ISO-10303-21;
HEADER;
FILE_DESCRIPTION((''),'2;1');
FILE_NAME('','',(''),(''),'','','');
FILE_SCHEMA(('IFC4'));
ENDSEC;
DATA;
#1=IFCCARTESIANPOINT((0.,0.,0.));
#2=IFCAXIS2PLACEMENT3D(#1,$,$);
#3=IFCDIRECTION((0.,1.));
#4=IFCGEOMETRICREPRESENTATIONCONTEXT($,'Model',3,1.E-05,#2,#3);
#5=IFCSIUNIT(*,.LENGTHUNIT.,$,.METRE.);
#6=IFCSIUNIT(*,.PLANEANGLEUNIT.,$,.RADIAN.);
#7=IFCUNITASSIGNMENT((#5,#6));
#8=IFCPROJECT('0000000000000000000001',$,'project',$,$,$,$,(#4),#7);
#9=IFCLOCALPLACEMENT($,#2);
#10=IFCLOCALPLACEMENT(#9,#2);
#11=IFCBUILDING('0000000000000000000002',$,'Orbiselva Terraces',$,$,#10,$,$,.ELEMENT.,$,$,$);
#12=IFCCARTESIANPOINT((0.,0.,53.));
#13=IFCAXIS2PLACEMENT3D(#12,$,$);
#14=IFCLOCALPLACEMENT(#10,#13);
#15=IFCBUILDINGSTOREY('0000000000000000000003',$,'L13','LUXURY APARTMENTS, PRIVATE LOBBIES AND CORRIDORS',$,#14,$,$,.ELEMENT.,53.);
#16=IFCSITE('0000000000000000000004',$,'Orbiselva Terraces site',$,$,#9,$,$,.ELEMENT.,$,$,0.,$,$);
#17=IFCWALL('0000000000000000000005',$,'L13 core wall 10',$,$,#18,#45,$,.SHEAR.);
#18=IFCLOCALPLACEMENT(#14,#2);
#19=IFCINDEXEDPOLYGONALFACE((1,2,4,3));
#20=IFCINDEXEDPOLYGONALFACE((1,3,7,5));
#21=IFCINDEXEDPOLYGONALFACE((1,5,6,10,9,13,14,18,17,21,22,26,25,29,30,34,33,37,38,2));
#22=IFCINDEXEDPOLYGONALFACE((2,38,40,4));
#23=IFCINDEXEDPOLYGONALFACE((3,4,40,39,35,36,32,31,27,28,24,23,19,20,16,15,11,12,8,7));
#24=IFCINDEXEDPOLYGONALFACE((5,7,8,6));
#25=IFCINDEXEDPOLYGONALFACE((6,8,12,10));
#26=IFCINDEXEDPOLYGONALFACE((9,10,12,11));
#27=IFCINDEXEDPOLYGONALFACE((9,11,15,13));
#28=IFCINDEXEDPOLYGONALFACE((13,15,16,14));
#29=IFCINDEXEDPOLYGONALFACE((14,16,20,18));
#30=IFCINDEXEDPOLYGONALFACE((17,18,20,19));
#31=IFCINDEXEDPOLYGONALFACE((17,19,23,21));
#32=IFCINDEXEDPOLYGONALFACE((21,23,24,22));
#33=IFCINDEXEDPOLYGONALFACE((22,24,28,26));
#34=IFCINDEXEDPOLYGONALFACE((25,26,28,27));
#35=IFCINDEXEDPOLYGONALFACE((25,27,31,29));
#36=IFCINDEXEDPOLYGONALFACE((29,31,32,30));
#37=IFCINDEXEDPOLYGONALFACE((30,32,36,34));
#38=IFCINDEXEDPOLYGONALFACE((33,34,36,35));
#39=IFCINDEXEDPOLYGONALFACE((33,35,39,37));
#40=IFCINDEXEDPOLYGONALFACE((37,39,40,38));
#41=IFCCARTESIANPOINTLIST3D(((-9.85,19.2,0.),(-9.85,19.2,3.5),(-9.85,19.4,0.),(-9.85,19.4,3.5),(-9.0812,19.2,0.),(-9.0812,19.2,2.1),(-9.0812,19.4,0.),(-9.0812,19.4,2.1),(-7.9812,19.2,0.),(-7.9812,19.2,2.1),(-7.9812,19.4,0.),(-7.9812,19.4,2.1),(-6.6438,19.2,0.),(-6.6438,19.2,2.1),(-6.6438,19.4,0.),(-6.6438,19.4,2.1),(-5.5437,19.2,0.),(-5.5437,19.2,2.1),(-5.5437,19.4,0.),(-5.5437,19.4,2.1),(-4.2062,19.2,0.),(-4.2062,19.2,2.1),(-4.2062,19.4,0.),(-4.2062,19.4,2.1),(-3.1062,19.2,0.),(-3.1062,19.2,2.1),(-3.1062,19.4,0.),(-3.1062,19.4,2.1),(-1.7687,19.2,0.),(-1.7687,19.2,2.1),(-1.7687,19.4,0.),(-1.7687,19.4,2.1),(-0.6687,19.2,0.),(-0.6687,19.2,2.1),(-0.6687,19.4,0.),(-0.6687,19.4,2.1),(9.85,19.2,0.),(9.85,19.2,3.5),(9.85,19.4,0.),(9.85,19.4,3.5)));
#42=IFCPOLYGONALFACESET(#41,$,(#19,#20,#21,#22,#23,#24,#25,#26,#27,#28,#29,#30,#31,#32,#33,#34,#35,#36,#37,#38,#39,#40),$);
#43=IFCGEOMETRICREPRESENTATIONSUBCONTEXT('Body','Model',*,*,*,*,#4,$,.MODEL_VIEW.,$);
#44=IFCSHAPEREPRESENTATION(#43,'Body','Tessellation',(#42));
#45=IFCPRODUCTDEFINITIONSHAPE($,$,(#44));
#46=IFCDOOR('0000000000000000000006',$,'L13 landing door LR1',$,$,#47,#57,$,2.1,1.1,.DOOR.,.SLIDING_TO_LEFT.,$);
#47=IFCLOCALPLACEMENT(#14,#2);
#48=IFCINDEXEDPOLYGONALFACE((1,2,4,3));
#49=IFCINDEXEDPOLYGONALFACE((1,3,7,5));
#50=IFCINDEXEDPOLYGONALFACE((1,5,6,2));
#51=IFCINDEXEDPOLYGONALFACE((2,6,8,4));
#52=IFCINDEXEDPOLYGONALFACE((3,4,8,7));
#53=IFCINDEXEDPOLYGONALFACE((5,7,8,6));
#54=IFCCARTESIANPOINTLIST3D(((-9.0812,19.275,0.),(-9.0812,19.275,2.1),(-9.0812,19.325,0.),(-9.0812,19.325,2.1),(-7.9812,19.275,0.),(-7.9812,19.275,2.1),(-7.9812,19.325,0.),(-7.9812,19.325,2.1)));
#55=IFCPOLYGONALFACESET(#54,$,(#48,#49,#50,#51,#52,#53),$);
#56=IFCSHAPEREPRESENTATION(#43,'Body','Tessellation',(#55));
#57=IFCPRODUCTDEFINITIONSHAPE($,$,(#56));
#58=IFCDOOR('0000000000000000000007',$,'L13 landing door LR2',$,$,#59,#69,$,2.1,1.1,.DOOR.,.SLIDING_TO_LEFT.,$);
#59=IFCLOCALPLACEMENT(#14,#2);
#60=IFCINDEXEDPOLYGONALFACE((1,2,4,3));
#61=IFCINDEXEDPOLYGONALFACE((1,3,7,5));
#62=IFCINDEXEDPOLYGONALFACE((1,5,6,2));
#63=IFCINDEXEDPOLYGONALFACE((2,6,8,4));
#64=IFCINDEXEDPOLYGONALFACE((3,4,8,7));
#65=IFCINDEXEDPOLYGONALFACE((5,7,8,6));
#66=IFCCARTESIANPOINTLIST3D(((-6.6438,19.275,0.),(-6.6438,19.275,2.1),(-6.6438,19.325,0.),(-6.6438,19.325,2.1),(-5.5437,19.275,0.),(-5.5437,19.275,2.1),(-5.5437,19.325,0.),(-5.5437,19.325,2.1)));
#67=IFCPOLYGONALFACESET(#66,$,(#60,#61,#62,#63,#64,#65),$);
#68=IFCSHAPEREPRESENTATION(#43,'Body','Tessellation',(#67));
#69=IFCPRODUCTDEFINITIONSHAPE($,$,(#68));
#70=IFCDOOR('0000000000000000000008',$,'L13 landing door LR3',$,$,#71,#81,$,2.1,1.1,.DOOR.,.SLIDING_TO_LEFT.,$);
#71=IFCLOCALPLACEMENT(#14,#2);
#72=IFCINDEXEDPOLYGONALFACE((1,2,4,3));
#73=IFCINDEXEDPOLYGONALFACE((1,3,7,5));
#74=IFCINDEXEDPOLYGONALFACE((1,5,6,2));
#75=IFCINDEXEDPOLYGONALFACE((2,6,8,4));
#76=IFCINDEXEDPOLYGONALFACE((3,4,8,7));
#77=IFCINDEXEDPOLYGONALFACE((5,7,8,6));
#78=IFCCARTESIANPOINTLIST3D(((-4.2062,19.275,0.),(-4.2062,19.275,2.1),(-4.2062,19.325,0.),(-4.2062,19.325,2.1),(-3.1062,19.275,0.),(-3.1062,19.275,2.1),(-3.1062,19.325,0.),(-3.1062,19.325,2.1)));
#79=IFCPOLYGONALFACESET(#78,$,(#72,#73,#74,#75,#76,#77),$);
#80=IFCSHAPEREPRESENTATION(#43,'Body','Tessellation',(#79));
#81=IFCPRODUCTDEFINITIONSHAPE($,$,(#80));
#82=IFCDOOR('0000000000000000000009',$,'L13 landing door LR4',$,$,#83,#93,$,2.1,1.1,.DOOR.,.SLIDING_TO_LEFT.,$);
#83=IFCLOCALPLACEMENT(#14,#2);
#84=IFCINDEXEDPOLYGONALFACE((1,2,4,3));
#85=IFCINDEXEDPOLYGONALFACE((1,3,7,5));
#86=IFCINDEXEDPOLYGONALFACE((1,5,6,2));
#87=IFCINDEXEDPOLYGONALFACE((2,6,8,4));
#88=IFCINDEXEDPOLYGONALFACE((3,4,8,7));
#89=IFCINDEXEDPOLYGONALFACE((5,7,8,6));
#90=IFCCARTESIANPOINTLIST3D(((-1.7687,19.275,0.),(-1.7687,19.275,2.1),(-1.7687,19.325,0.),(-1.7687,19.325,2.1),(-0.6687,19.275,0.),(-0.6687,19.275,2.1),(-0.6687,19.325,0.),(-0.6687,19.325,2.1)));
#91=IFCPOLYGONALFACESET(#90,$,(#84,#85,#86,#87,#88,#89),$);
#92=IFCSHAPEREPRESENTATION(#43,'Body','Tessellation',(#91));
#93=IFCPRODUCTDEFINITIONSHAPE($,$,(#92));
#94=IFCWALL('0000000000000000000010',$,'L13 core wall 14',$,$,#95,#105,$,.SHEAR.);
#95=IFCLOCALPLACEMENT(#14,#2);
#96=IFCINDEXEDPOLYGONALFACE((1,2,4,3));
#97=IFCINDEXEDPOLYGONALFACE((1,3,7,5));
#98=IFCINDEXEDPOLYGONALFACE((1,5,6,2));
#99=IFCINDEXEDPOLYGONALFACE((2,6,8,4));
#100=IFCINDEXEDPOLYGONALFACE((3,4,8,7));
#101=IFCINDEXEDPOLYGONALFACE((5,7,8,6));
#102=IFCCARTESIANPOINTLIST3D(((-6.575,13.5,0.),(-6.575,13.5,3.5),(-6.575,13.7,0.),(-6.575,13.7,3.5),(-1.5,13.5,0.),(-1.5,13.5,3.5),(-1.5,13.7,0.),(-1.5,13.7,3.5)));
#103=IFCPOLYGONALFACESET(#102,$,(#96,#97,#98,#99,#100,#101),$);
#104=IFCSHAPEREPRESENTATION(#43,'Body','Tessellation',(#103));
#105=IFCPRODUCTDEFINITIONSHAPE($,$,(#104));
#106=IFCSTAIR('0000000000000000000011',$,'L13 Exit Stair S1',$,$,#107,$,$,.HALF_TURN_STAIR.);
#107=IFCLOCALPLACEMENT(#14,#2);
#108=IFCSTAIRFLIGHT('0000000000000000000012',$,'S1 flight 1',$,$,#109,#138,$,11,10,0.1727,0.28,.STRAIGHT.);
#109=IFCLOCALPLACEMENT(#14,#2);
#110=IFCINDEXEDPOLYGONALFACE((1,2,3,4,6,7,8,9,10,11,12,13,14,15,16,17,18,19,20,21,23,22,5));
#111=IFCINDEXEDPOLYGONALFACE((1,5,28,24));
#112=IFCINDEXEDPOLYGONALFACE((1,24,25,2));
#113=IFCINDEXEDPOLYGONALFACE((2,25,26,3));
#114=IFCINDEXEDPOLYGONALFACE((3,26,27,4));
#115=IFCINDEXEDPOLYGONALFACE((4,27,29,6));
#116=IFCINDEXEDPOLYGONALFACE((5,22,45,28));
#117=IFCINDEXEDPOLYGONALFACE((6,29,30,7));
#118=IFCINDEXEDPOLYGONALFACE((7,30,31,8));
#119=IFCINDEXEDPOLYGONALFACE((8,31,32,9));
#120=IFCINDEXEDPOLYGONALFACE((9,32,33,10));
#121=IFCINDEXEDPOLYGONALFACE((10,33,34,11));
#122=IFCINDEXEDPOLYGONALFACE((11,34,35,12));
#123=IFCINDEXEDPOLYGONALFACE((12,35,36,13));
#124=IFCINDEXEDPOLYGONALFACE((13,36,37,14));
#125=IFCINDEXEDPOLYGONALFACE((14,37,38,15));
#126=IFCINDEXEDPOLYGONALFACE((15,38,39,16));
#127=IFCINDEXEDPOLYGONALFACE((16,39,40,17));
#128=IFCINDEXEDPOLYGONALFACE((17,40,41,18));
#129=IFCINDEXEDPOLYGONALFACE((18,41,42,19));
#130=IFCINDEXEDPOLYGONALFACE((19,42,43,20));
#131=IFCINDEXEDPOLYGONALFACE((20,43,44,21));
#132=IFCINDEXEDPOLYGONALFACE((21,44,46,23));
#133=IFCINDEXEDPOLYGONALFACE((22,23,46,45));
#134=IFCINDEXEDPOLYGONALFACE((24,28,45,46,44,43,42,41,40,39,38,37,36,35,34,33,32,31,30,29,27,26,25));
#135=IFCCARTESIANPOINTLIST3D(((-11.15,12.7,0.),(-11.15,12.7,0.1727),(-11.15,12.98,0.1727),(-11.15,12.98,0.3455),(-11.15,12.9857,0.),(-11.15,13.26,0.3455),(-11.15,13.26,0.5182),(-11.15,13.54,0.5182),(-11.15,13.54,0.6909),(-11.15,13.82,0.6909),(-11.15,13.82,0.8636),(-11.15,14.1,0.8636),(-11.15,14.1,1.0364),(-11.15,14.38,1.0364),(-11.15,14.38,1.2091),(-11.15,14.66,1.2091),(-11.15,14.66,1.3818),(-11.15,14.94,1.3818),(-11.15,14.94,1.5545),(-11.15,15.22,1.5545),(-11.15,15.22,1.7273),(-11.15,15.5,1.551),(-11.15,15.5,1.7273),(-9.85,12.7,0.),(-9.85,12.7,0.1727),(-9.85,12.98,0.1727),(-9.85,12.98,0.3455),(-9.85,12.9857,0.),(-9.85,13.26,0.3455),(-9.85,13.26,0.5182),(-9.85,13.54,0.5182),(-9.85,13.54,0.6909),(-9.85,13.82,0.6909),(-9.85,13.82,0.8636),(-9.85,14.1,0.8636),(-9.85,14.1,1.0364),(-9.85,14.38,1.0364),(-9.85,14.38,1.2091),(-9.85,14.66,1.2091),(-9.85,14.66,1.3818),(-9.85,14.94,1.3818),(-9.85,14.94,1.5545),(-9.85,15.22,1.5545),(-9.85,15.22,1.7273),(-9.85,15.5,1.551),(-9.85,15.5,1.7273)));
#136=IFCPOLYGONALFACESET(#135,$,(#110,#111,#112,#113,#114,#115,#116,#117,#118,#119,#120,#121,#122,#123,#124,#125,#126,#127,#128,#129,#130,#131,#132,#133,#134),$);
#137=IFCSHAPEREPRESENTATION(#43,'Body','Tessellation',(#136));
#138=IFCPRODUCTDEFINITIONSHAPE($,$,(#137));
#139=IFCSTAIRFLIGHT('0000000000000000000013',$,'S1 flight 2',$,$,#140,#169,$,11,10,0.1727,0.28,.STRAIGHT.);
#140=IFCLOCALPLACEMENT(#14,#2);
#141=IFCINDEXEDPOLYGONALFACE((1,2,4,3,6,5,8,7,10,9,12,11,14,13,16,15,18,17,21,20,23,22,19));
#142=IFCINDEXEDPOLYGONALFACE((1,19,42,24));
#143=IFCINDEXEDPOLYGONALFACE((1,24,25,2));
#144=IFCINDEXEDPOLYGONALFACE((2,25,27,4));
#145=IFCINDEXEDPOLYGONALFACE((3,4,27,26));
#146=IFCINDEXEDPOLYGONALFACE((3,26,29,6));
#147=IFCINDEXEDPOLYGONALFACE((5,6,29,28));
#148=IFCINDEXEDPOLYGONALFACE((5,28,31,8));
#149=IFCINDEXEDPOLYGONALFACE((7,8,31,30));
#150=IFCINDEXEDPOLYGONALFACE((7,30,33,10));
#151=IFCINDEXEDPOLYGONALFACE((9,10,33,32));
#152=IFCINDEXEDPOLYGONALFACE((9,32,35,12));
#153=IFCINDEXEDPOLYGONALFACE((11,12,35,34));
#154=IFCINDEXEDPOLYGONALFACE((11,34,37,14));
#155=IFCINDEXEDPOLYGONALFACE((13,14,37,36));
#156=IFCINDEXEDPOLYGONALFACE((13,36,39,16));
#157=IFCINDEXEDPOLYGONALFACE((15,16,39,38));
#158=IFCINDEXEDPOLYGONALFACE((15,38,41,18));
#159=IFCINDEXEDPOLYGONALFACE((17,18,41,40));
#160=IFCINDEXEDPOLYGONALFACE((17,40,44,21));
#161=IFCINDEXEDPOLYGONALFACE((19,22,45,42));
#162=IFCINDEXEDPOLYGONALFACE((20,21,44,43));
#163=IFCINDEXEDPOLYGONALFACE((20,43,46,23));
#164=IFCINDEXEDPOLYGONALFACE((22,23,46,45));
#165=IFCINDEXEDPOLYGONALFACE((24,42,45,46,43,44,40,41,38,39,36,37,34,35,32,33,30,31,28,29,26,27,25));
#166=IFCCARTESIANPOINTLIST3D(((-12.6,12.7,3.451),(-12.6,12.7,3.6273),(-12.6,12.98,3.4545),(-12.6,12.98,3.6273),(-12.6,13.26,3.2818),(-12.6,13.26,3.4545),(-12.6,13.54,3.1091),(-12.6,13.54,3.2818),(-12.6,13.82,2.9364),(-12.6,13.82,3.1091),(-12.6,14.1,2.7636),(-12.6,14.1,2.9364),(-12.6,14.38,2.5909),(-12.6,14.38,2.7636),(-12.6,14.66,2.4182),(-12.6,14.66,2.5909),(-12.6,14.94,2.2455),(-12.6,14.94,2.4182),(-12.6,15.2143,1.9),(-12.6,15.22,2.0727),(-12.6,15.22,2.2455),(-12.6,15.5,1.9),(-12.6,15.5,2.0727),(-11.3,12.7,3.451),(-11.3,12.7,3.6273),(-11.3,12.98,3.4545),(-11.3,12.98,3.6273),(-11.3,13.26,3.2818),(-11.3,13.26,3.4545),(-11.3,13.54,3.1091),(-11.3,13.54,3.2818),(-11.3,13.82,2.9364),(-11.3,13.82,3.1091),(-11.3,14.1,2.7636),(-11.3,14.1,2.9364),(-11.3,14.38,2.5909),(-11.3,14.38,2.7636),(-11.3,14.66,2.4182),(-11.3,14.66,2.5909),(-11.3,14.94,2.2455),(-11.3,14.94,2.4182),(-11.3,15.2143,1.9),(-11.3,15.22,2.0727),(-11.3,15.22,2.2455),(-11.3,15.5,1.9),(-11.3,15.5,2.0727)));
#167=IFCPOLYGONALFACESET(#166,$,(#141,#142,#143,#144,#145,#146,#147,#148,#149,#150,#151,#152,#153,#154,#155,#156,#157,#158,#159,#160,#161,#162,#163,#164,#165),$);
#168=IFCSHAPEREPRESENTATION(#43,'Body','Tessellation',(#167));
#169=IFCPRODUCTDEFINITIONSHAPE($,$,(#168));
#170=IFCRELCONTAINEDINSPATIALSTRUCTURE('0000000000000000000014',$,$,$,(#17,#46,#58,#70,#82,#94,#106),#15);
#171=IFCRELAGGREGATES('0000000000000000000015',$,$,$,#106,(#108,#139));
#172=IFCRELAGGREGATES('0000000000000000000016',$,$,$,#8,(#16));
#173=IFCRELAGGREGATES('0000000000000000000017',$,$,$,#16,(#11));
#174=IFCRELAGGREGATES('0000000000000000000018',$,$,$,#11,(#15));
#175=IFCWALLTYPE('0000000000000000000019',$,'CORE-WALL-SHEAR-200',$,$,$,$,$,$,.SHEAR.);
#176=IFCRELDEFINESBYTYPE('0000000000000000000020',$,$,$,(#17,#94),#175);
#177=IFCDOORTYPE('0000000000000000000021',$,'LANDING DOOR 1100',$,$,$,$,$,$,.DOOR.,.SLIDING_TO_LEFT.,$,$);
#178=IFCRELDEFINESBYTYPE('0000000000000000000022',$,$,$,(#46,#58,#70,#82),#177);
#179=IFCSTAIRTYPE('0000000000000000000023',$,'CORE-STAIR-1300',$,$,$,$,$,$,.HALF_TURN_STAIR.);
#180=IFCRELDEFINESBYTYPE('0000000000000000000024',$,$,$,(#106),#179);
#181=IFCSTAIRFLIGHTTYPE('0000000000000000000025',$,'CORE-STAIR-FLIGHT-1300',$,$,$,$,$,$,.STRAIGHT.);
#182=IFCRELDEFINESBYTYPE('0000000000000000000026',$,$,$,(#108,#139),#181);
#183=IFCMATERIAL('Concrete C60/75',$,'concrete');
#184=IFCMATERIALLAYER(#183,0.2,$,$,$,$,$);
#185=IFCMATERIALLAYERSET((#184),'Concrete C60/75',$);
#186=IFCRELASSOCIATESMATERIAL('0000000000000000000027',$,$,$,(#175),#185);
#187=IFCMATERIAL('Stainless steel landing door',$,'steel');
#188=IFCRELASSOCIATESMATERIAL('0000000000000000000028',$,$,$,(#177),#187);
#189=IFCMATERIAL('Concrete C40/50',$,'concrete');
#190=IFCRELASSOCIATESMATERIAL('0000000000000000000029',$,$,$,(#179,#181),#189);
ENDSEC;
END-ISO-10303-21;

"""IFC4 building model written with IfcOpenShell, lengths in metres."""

from ifc_helpers import new_model, si_unit, direction, frame, frame_2d, origin, place, context, subcontext, project, spatial, polyline, rectangle, outline, extrude, material, layer, layer_set, type_object, element, fill, aggregate, save


model = new_model("IFC4")

# Units and contexts
model_context = context("Model", 3, precision=1e-05, world=origin(), true_north=direction((0.0, 1.0)))
body_context = subcontext(model_context, "Body", "Model", "MODEL_VIEW")
ifc_project = project(units=[si_unit("LENGTHUNIT", "METRE"), si_unit("PLANEANGLEUNIT", "RADIAN")], contexts=[model_context])

# Site, building, storey
site_placement = place(None, origin())
site = spatial("IfcSite", under=ifc_project, at=site_placement, Name="Orbiselva Terraces site", CompositionType="ELEMENT", RefElevation=0.0)
building_placement = place(site_placement, origin())
building = spatial("IfcBuilding", under=site, at=building_placement, Name="Orbiselva Terraces", CompositionType="ELEMENT")
storey_placement = place(building_placement, frame((0.0, 0.0, 53.0)))
storey = spatial("IfcBuildingStorey", under=building, at=storey_placement, Name="L13", Description="LUXURY APARTMENTS, PRIVATE LOBBIES AND CORRIDORS", CompositionType="ELEMENT", Elevation=53.0)

# Shared definitions
ifc_material_1 = material(Name="Concrete C40/50", Category="concrete")

# Shared definitions
ifc_material_2 = material(Name="Concrete C60/75", Category="concrete")
ifc_layer_1 = layer(ifc_material_2, 0.2)
ifc_layer_set_1 = layer_set([ifc_layer_1], Name="Concrete C60/75")
wall_type_1 = type_object("IfcWallType", Name="CORE-WALL-SHEAR-200", PredefinedType="SHEAR", material=ifc_layer_set_1)

# Wall, openings, doors
wall_1_placement = place(storey_placement, frame((-9.85, 19.3, 0.0), z_axis=(0.0, 0.0, 1.0), x_axis=(1.0, 0.0, 0.0)))
wall_1 = element("IfcWall", 1, at=wall_1_placement, inside=storey, type_object=wall_type_1, Name="L13 core wall 10", PredefinedType="SHEAR", context=body_context, shape_type="SweptSolid", body=[
    extrude(rectangle(XDim=19.7, YDim=0.2, at=frame_2d((9.85, 0.0))), origin(), (0.0, 0.0, 1.0), 3.5),
])
opening_1_placement = place(wall_1_placement, frame((0.7688, 0.0, 0.0)))
opening_1 = element("IfcOpeningElement", 2, at=opening_1_placement, cuts=wall_1, PredefinedType="OPENING", context=body_context, shape_type="SweptSolid", body=[
    extrude(rectangle(XDim=1.1, YDim=2.1, at=frame_2d((0.55, 1.05))), frame((0.0, 0.11, 0.0), z_axis=(0.0, -1.0, 0.0), x_axis=(1.0, 0.0, 0.0)), (0.0, 0.0, 1.0), 0.22),
])
opening_2_placement = place(wall_1_placement, frame((3.2062, 0.0, 0.0)))
opening_2 = element("IfcOpeningElement", 3, at=opening_2_placement, cuts=wall_1, PredefinedType="OPENING", context=body_context, shape_type="SweptSolid", body=[
    extrude(rectangle(XDim=1.1, YDim=2.1, at=frame_2d((0.55, 1.05))), frame((0.0, 0.11, 0.0), z_axis=(0.0, -1.0, 0.0), x_axis=(1.0, 0.0, 0.0)), (0.0, 0.0, 1.0), 0.22),
])
opening_3_placement = place(wall_1_placement, frame((5.6437, 0.0, 0.0)))
opening_3 = element("IfcOpeningElement", 4, at=opening_3_placement, cuts=wall_1, PredefinedType="OPENING", context=body_context, shape_type="SweptSolid", body=[
    extrude(rectangle(XDim=1.1, YDim=2.1, at=frame_2d((0.55, 1.05))), frame((0.0, 0.11, 0.0), z_axis=(0.0, -1.0, 0.0), x_axis=(1.0, 0.0, 0.0)), (0.0, 0.0, 1.0), 0.22),
])
opening_4_placement = place(wall_1_placement, frame((8.0813, 0.0, 0.0)))
opening_4 = element("IfcOpeningElement", 5, at=opening_4_placement, cuts=wall_1, PredefinedType="OPENING", context=body_context, shape_type="SweptSolid", body=[
    extrude(rectangle(XDim=1.1, YDim=2.1, at=frame_2d((0.55, 1.05))), frame((0.0, 0.11, 0.0), z_axis=(0.0, -1.0, 0.0), x_axis=(1.0, 0.0, 0.0)), (0.0, 0.0, 1.0), 0.22),
])
ifc_material_3 = material(Name="Stainless steel landing door", Category="steel")
door_type_1 = type_object("IfcDoorType", Name="LANDING DOOR 1100", OperationType="SLIDING_TO_LEFT", PredefinedType="DOOR", material=ifc_material_3)
door_1_placement = place(opening_1_placement, origin())
door_1 = element("IfcDoor", 6, at=door_1_placement, inside=storey, type_object=door_type_1, Name="L13 landing door LR1", OperationType="SLIDING_TO_LEFT", OverallHeight=2.1, OverallWidth=1.1, PredefinedType="DOOR", context=body_context, shape_type="SweptSolid", body=[
    extrude(rectangle(XDim=1.1, YDim=2.1, at=frame_2d((0.55, 1.05))), frame((0.0, 0.025, 0.0), z_axis=(0.0, -1.0, 0.0), x_axis=(1.0, 0.0, 0.0)), (0.0, 0.0, 1.0), 0.05),
])
fill(opening_1, door_1)
door_2_placement = place(opening_2_placement, origin())
door_2 = element("IfcDoor", 7, at=door_2_placement, inside=storey, type_object=door_type_1, Name="L13 landing door LR2", OperationType="SLIDING_TO_LEFT", OverallHeight=2.1, OverallWidth=1.1, PredefinedType="DOOR", context=body_context, shape_type="SweptSolid", body=[
    extrude(rectangle(XDim=1.1, YDim=2.1, at=frame_2d((0.55, 1.05))), frame((0.0, 0.025, 0.0), z_axis=(0.0, -1.0, 0.0), x_axis=(1.0, 0.0, 0.0)), (0.0, 0.0, 1.0), 0.05),
])
fill(opening_2, door_2)
door_3_placement = place(opening_3_placement, origin())
door_3 = element("IfcDoor", 8, at=door_3_placement, inside=storey, type_object=door_type_1, Name="L13 landing door LR3", OperationType="SLIDING_TO_LEFT", OverallHeight=2.1, OverallWidth=1.1, PredefinedType="DOOR", context=body_context, shape_type="SweptSolid", body=[
    extrude(rectangle(XDim=1.1, YDim=2.1, at=frame_2d((0.55, 1.05))), frame((0.0, 0.025, 0.0), z_axis=(0.0, -1.0, 0.0), x_axis=(1.0, 0.0, 0.0)), (0.0, 0.0, 1.0), 0.05),
])
fill(opening_3, door_3)
door_4_placement = place(opening_4_placement, origin())
door_4 = element("IfcDoor", 9, at=door_4_placement, inside=storey, type_object=door_type_1, Name="L13 landing door LR4", OperationType="SLIDING_TO_LEFT", OverallHeight=2.1, OverallWidth=1.1, PredefinedType="DOOR", context=body_context, shape_type="SweptSolid", body=[
    extrude(rectangle(XDim=1.1, YDim=2.1, at=frame_2d((0.55, 1.05))), frame((0.0, 0.025, 0.0), z_axis=(0.0, -1.0, 0.0), x_axis=(1.0, 0.0, 0.0)), (0.0, 0.0, 1.0), 0.05),
])
fill(opening_4, door_4)

# Wall
wall_2_placement = place(storey_placement, frame((-6.575, 13.6, 0.0), z_axis=(0.0, 0.0, 1.0), x_axis=(1.0, 0.0, 0.0)))
element("IfcWall", 10, at=wall_2_placement, inside=storey, type_object=wall_type_1, Name="L13 core wall 14", PredefinedType="SHEAR", context=body_context, shape_type="SweptSolid", body=[
    extrude(rectangle(XDim=5.075, YDim=0.2, at=frame_2d((2.5375, 0.0))), origin(), (0.0, 0.0, 1.0), 3.5),
])

# Stair, stair flights
stair_type = type_object("IfcStairType", Name="CORE-STAIR-1300", PredefinedType="HALF_TURN_STAIR", material=ifc_material_1)
stair_placement = place(storey_placement, origin())
stair = element("IfcStair", 11, at=stair_placement, inside=storey, type_object=stair_type, Name="L13 Exit Stair S1", PredefinedType="HALF_TURN_STAIR")
stair_flight_type = type_object("IfcStairFlightType", Name="CORE-STAIR-FLIGHT-1300", PredefinedType="STRAIGHT", material=ifc_material_1)
stair_flight_1_placement = place(storey_placement, frame((-10.5, 12.7, 0.0), z_axis=(0.0, 0.0, 1.0), x_axis=(0.0, 1.0, 0.0)))
stair_flight_1 = element("IfcStairFlight", 12, at=stair_flight_1_placement, type_object=stair_flight_type, Name="S1 flight 1", NumberOfRisers=11, NumberOfTreads=10, PredefinedType="STRAIGHT", RiserHeight=0.1727, TreadLength=0.28, context=body_context, shape_type="SweptSolid", body=[
    extrude(outline(polyline([(0.0, 0.0), (0.0, 0.1727), (0.28, 0.1727), (0.28, 0.3455), (0.56, 0.3455), (0.56, 0.5182), (0.84, 0.5182), (0.84, 0.6909), (1.12, 0.6909), (1.12, 0.8636), (1.4, 0.8636), (1.4, 1.0364), (1.68, 1.0364), (1.68, 1.2091), (1.96, 1.2091), (1.96, 1.3818), (2.24, 1.3818), (2.24, 1.5545), (2.52, 1.5545), (2.52, 1.7273), (2.8, 1.7273), (2.8, 1.9), (2.8, 1.551), (0.2857, 0.0), (0.0, 0.0)])), frame((0.0, 0.65, 0.0), z_axis=(0.0, -1.0, 0.0), x_axis=(1.0, 0.0, 0.0)), (0.0, 0.0, 1.0), 1.3),
])
stair_flight_2_placement = place(storey_placement, frame((-11.95, 15.5, 1.9), z_axis=(0.0, 0.0, 1.0), x_axis=(0.0, -1.0, 0.0)))
stair_flight_2 = element("IfcStairFlight", 13, at=stair_flight_2_placement, type_object=stair_flight_type, Name="S1 flight 2", NumberOfRisers=11, NumberOfTreads=10, PredefinedType="STRAIGHT", RiserHeight=0.1727, TreadLength=0.28, context=body_context, shape_type="SweptSolid", body=[
    extrude(outline(polyline([(0.0, 0.0), (0.0, 0.1727), (0.28, 0.1727), (0.28, 0.3455), (0.56, 0.3455), (0.56, 0.5182), (0.84, 0.5182), (0.84, 0.6909), (1.12, 0.6909), (1.12, 0.8636), (1.4, 0.8636), (1.4, 1.0364), (1.68, 1.0364), (1.68, 1.2091), (1.96, 1.2091), (1.96, 1.3818), (2.24, 1.3818), (2.24, 1.5545), (2.52, 1.5545), (2.52, 1.7273), (2.8, 1.7273), (2.8, 1.9), (2.8, 1.551), (0.2857, 0.0), (0.0, 0.0)])), frame((0.0, 0.65, 0.0), z_axis=(0.0, -1.0, 0.0), x_axis=(1.0, 0.0, 0.0)), (0.0, 0.0, 1.0), 1.3),
])
aggregate(stair, [stair_flight_1, stair_flight_2])

save(model, "model.ifc")
